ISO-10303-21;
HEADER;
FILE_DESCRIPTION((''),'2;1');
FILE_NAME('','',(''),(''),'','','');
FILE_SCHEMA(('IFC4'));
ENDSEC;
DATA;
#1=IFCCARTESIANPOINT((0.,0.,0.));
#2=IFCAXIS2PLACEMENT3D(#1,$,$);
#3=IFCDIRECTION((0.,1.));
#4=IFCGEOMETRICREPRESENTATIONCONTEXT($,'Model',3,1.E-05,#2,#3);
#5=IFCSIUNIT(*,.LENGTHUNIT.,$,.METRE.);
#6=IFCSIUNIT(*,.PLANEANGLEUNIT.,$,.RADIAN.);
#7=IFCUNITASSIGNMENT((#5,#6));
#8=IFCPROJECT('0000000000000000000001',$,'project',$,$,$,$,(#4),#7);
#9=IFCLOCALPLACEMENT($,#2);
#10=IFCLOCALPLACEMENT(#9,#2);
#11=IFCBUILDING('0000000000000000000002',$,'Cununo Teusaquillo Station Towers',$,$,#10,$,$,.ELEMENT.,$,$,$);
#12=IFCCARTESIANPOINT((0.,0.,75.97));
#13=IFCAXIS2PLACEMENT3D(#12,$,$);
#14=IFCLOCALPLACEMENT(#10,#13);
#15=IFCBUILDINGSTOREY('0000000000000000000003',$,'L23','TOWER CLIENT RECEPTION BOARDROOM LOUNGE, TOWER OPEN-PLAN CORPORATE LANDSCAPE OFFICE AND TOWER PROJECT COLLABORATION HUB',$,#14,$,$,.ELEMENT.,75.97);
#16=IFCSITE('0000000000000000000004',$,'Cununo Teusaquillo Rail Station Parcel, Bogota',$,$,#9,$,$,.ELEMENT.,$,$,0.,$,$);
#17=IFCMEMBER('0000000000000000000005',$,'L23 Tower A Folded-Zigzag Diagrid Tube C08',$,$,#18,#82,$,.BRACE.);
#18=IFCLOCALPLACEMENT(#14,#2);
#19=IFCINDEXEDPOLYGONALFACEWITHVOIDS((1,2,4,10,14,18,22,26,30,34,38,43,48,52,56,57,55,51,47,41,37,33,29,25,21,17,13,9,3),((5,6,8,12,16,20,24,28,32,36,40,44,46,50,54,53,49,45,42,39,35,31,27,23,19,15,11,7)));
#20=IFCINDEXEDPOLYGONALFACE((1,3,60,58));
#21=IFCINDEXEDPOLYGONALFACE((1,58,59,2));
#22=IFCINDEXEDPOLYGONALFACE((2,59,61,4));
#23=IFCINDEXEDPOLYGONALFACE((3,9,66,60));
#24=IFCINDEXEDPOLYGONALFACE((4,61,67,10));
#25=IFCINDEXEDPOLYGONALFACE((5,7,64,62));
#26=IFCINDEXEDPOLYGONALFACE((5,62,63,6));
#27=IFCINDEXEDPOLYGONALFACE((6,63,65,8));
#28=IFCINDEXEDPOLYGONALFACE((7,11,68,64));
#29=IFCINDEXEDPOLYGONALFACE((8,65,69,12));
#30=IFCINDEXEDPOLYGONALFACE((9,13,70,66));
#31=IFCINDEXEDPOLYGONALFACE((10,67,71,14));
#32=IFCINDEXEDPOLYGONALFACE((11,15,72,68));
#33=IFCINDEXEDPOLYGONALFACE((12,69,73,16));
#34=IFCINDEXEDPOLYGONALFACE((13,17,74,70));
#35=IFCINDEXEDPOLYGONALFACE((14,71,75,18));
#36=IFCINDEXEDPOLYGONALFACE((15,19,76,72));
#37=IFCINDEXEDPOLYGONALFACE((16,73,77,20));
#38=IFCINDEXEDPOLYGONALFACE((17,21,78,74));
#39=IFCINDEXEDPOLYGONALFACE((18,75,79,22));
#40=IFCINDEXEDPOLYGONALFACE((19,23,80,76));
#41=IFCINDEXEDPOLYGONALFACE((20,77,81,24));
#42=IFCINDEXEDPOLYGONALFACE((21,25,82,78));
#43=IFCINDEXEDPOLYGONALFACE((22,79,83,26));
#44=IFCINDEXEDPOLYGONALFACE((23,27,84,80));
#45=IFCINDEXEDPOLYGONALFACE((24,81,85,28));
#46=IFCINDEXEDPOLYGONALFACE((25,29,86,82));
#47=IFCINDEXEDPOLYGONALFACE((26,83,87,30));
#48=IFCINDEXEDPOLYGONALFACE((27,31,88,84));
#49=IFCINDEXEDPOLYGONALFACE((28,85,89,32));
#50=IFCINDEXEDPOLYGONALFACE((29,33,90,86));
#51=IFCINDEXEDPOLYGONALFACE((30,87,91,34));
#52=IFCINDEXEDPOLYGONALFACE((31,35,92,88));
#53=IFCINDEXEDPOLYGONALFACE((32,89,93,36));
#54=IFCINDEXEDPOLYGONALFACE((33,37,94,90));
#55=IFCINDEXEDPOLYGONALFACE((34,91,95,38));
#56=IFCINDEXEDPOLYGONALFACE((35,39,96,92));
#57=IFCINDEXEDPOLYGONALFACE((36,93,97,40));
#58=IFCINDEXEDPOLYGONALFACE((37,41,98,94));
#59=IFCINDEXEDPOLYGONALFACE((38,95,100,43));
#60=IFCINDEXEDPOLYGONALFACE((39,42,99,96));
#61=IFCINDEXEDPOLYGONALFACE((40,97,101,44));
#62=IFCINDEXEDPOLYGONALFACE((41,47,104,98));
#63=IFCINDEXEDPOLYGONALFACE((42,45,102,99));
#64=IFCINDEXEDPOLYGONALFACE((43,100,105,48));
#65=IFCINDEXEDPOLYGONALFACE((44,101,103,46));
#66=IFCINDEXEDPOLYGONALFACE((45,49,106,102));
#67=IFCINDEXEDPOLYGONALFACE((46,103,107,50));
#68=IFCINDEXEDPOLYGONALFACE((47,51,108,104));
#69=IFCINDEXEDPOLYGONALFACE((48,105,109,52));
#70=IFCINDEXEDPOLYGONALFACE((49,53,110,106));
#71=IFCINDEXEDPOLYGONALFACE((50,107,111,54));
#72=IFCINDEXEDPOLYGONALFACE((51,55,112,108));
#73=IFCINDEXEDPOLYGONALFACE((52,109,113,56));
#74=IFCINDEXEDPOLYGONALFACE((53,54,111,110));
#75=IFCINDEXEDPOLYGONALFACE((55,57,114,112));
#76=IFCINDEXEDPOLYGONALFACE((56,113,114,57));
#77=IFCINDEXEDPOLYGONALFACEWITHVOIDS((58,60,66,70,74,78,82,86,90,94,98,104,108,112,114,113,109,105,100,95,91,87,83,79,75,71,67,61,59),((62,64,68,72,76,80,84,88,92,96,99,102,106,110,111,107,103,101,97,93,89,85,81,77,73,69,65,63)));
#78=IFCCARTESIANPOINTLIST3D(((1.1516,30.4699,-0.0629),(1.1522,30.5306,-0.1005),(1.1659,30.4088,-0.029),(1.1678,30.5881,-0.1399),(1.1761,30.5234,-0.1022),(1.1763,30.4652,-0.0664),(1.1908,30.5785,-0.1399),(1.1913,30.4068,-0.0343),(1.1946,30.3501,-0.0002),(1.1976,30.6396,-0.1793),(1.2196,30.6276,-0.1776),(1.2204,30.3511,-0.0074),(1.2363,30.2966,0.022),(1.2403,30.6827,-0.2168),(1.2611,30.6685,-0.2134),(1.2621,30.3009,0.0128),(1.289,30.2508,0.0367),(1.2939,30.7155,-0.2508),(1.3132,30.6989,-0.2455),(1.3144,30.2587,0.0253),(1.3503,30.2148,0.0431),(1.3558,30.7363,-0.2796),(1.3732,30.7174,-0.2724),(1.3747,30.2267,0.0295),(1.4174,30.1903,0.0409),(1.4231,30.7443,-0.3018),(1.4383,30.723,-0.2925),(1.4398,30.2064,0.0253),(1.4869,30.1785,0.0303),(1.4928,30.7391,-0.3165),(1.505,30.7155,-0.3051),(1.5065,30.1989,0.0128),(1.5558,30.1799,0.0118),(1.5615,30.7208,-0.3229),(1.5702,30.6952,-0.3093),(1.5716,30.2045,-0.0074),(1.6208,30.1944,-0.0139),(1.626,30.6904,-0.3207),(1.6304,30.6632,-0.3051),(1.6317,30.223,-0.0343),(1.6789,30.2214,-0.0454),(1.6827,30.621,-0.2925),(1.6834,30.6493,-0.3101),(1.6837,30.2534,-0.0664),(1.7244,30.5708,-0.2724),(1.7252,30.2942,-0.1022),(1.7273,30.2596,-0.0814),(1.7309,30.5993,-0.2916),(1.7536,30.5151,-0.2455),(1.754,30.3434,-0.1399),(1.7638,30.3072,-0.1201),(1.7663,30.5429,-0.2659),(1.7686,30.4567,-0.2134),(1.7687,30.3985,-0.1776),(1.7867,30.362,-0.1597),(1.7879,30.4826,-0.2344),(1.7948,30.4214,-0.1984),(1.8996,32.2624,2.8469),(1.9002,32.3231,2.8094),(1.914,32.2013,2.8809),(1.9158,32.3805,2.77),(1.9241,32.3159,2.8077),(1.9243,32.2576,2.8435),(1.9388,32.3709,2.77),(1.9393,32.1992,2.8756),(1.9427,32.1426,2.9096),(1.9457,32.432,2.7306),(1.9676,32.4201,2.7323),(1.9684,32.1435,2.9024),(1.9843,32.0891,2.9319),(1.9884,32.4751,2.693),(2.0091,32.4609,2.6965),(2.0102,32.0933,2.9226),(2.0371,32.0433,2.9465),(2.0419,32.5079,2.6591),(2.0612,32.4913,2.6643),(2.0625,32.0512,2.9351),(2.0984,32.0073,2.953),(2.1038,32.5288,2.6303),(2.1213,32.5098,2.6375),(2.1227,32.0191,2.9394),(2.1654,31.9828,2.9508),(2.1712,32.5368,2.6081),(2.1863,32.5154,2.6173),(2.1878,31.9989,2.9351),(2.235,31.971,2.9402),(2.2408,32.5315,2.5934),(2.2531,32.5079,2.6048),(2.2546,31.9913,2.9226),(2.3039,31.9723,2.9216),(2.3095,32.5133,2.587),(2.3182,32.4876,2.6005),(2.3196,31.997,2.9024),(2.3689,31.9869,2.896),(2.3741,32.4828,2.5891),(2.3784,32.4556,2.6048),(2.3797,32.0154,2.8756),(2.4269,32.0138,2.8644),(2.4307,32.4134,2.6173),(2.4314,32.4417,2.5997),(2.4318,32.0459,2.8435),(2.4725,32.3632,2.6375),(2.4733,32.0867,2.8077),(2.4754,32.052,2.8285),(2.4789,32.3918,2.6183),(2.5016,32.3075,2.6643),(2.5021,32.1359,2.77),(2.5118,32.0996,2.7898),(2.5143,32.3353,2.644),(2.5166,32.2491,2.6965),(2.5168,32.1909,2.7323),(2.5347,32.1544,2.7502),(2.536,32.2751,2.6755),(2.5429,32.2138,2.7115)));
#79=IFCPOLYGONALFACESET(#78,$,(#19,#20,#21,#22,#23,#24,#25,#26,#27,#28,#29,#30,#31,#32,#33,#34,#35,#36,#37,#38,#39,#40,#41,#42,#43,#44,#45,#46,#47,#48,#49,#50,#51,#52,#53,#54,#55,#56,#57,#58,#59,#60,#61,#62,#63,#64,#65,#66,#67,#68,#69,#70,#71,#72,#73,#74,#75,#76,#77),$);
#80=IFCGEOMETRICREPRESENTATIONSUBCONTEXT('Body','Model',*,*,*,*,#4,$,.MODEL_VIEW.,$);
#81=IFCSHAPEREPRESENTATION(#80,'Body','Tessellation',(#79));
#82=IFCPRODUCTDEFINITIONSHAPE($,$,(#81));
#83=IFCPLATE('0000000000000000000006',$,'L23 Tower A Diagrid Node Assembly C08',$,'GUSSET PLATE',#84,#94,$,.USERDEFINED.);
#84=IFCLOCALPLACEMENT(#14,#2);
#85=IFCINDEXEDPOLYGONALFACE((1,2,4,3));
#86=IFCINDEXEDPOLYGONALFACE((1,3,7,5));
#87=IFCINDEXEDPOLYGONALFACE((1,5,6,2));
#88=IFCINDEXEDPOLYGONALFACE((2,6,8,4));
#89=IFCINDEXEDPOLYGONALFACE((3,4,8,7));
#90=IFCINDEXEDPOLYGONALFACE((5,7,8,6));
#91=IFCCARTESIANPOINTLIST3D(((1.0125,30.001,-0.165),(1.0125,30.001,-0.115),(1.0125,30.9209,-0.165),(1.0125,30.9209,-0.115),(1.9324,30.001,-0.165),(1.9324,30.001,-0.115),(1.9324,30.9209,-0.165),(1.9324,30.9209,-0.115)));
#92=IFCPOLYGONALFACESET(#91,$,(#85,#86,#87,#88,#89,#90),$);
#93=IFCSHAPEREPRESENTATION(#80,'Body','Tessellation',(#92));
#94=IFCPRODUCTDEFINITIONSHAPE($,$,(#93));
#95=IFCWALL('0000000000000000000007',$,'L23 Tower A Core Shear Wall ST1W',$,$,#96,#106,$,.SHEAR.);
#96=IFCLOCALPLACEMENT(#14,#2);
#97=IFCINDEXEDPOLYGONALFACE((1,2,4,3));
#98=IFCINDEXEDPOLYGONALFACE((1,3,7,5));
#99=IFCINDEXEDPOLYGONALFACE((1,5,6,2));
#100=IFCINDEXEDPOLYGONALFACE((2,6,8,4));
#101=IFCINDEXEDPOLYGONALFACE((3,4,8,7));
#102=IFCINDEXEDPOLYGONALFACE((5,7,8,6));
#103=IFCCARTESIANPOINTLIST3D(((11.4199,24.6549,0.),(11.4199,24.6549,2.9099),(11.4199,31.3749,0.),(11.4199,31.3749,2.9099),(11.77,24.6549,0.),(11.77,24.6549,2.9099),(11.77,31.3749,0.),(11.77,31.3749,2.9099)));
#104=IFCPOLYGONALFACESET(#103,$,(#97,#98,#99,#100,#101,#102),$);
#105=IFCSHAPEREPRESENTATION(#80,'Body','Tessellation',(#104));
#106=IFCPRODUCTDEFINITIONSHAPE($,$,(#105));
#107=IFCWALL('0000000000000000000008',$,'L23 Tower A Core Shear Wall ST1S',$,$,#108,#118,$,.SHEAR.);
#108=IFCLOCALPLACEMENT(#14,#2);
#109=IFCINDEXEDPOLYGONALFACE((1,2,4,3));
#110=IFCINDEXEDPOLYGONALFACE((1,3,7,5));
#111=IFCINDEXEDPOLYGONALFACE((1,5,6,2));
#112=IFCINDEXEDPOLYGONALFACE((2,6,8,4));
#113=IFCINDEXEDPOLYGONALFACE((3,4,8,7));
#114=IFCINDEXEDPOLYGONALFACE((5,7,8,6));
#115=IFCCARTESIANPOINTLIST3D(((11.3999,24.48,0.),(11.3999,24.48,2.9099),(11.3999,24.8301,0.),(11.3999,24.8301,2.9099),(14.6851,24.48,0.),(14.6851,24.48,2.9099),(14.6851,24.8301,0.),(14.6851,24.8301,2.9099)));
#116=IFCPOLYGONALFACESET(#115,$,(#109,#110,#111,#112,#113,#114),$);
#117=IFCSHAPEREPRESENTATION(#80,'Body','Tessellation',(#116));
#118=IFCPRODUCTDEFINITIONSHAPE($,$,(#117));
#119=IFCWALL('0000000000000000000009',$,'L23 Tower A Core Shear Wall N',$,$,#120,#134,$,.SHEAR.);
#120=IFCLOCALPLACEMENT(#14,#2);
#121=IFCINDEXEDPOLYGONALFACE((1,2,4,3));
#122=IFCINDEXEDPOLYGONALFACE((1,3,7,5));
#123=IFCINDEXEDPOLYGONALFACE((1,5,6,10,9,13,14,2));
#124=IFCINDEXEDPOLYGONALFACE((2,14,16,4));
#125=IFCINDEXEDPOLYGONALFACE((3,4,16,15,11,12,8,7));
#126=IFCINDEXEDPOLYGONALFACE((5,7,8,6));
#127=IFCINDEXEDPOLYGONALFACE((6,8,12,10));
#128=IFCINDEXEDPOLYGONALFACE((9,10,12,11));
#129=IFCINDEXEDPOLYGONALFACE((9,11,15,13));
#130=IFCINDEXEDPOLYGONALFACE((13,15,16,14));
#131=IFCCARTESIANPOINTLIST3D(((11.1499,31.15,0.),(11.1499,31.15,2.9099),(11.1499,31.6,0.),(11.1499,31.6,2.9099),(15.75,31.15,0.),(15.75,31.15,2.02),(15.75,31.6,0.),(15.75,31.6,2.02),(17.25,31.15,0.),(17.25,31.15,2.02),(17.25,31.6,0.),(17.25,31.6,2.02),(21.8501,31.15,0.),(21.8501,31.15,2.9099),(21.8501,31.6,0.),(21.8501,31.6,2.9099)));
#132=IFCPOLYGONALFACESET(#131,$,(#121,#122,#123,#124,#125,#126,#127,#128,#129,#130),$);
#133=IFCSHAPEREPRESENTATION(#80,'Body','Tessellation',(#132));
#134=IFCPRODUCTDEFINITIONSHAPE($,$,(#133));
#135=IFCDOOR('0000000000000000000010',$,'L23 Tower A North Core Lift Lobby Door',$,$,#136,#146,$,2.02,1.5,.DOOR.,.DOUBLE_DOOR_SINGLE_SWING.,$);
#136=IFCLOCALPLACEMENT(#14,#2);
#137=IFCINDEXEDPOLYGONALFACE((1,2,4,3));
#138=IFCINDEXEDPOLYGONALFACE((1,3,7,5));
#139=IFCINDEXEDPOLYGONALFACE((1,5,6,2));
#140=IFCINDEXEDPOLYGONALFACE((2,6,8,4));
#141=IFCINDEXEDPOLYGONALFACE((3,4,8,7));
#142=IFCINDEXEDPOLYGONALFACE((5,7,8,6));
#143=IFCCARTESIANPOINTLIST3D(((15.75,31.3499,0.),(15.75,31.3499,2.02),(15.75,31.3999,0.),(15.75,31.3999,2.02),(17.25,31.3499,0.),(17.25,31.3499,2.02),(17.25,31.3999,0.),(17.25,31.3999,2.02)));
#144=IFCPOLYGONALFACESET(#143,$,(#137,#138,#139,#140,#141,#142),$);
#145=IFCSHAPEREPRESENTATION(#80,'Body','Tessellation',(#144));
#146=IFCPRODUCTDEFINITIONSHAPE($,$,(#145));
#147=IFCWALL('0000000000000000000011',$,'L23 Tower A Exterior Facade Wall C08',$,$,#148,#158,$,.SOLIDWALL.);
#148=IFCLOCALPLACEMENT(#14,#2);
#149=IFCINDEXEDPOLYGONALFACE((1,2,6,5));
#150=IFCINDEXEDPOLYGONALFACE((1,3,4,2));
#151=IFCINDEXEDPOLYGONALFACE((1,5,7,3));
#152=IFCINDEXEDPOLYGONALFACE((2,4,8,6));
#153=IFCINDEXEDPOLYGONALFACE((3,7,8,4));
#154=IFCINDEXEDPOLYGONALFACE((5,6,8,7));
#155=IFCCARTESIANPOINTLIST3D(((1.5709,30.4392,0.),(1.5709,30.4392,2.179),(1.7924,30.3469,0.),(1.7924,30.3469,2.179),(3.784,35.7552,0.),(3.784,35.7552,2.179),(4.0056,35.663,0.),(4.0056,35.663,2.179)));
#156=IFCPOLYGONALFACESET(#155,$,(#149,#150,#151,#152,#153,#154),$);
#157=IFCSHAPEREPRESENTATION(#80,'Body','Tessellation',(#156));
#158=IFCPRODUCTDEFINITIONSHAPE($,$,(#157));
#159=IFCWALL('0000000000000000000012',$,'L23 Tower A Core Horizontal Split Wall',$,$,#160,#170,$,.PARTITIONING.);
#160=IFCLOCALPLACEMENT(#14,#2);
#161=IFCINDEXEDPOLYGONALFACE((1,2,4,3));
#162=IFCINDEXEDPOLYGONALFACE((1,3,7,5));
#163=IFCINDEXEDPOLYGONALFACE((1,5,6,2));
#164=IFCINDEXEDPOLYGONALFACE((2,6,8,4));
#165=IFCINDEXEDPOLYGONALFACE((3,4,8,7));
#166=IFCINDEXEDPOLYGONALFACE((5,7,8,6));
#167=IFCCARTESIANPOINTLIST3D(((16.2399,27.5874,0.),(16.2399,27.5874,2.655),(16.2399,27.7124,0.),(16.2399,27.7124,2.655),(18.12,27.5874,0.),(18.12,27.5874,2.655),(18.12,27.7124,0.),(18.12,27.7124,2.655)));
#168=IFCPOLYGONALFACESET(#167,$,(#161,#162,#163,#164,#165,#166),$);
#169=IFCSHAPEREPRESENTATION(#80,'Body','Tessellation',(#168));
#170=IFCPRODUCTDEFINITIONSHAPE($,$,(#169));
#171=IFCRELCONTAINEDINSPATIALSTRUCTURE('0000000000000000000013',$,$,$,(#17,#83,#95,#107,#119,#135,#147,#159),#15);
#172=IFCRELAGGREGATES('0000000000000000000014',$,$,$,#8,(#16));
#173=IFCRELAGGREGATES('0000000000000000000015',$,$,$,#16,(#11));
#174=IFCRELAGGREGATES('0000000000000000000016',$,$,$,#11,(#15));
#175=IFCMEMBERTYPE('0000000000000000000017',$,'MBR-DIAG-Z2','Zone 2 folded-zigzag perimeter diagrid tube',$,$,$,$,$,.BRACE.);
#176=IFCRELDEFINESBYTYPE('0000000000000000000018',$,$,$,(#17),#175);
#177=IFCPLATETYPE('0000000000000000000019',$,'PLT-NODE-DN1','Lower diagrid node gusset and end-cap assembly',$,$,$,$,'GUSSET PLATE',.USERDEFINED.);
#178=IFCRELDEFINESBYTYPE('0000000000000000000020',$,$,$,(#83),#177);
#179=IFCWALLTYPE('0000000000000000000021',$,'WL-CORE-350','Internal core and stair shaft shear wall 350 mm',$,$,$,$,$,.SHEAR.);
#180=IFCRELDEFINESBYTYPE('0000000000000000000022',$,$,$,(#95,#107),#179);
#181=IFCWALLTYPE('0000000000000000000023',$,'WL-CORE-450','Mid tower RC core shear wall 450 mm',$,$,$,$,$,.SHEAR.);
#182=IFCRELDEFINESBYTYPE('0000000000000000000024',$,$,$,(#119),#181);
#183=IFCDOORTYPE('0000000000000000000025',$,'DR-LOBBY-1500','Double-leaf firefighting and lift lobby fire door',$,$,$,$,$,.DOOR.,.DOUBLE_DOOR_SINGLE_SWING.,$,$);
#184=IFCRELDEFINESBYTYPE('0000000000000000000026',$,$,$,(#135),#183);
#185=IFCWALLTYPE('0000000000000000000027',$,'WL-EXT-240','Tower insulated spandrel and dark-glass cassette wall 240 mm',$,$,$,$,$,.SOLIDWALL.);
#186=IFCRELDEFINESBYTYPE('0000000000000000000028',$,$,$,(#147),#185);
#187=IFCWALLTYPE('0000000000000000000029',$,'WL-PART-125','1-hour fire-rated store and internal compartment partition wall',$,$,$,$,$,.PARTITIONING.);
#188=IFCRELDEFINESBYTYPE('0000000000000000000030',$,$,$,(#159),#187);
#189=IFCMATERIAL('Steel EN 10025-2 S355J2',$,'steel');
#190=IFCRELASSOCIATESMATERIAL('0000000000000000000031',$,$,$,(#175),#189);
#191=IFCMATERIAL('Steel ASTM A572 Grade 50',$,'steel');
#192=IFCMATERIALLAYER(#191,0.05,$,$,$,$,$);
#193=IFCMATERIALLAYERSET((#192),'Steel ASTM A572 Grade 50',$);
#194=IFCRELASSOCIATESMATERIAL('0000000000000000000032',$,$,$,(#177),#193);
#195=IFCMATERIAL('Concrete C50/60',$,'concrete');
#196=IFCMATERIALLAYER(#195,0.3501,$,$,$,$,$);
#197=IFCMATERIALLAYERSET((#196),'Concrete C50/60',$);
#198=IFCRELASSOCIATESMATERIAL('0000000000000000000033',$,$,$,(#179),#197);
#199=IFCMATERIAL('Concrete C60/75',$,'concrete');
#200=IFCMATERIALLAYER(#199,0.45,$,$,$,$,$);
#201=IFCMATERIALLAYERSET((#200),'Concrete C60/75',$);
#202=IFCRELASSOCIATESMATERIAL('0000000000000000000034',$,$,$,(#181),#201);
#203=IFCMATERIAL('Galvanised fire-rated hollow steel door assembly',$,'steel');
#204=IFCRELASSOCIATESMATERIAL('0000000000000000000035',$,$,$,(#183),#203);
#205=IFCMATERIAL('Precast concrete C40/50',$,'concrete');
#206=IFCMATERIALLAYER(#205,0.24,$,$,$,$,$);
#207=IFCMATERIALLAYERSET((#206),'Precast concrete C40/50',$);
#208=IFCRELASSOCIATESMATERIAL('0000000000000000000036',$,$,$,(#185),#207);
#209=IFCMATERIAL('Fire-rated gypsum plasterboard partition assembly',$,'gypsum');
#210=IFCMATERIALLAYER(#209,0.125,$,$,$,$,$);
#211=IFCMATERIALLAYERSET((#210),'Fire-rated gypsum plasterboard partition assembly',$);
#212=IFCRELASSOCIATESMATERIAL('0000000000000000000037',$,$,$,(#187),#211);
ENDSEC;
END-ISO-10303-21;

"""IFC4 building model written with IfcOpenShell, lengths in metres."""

from ifc_helpers import new_model, si_unit, direction, frame, frame_2d, origin, origin_2d, place, context, subcontext, project, spatial, rectangle, hollow_circle, extrude, source, transform, mapped, material, layer, layer_set, material_profile, profile_set, type_object, element, fill, save


model = new_model("IFC4")

# Units and contexts
model_context = context("Model", 3, precision=1e-05, world=origin(), true_north=direction((0.0, 1.0)))
body_context = subcontext(model_context, "Body", "Model", "MODEL_VIEW")
ifc_project = project(units=[si_unit("LENGTHUNIT", "METRE"), si_unit("PLANEANGLEUNIT", "RADIAN")], contexts=[model_context])

# Site, building, storey
site_placement = place(None, origin())
site = spatial("IfcSite", under=ifc_project, at=site_placement, Name="Cununo Teusaquillo Rail Station Parcel, Bogota", CompositionType="ELEMENT", RefElevation=0.0)
building_placement = place(site_placement, origin())
building = spatial("IfcBuilding", under=site, at=building_placement, Name="Cununo Teusaquillo Station Towers", CompositionType="ELEMENT")
storey_placement = place(building_placement, frame((0.0, 0.0, 75.97)))
storey = spatial("IfcBuildingStorey", under=building, at=storey_placement, Name="L23", Description="TOWER CLIENT RECEPTION BOARDROOM LOUNGE, TOWER OPEN-PLAN CORPORATE LANDSCAPE OFFICE AND TOWER PROJECT COLLABORATION HUB", CompositionType="ELEMENT", Elevation=75.97)

# Member
ifc_material_1 = material(Name="Steel EN 10025-2 S355J2", Category="steel")
ifc_material_profile_1 = material_profile(ifc_material_1, hollow_circle(Radius=0.3301, WallThickness=0.0249, at=origin_2d()), Name="CHS 660x25")
ifc_profile_set_1 = profile_set([ifc_material_profile_1], Name="Steel EN 10025-2 S355J2")
member_type = type_object("IfcMemberType", Name="MBR-DIAG-Z2", Description="Zone 2 folded-zigzag perimeter diagrid tube", PredefinedType="BRACE", material=ifc_profile_set_1)
member_placement = place(storey_placement, frame((1.4724, 30.4609, -0.1399), z_axis=(0.213814, 0.512343, 0.831738), x_axis=(-0.922861, 0.385133, 0.0)))
element("IfcMember", 1, at=member_placement, inside=storey, type_object=member_type, Name="L23 Tower A Folded-Zigzag Diagrid Tube C08", PredefinedType="BRACE", context=body_context, shape_type="SweptSolid", body=[
    extrude(hollow_circle(Radius=0.3301, WallThickness=0.0249, at=origin_2d()), origin(), (0.0, 0.0, 1.0), 3.4985),
])

# Plate
ifc_material_2 = material(Name="Steel ASTM A572 Grade 50", Category="steel")
ifc_layer_1 = layer(ifc_material_2, 0.05)
ifc_layer_set_1 = layer_set([ifc_layer_1], Name="Steel ASTM A572 Grade 50")
plate_type = type_object("IfcPlateType", Name="PLT-NODE-DN1", Description="Lower diagrid node gusset and end-cap assembly", ElementType="GUSSET PLATE", PredefinedType="USERDEFINED", material=ifc_layer_set_1)
shared_shape_1 = source(origin(), body_context, "Body", "SweptSolid", [
    extrude(rectangle(XDim=0.9199, YDim=0.9199, at=origin_2d()), origin(), (0.0, 0.0, 1.0), 0.05),
])
plate_placement = place(storey_placement, frame((1.4724, 30.4609, -0.165), z_axis=(0.0, 0.0, 1.0), x_axis=(1.0, 0.0, 0.0)))
element("IfcPlate", 2, at=plate_placement, inside=storey, type_object=plate_type, Name="L23 Tower A Diagrid Node Assembly C08", ObjectType="GUSSET PLATE", PredefinedType="USERDEFINED", context=body_context, shape_type="MappedRepresentation", body=[
    mapped(shared_shape_1, transform((0.0, 0.0, 0.0), x_axis=(1.0, 0.0, 0.0), y_axis=(0.0, 1.0, 0.0), z_axis=(0.0, 0.0, 1.0), scale=1.0)),
])

# Walls
ifc_material_3 = material(Name="Concrete C50/60", Category="concrete")
ifc_layer_2 = layer(ifc_material_3, 0.3501)
ifc_layer_set_2 = layer_set([ifc_layer_2], Name="Concrete C50/60")
wall_type_1 = type_object("IfcWallType", Name="WL-CORE-350", Description="Internal core and stair shaft shear wall 350 mm", PredefinedType="SHEAR", material=ifc_layer_set_2)
wall_1_placement = place(storey_placement, frame((11.595, 24.655, 0.0), z_axis=(0.0, 0.0, 1.0), x_axis=(0.0, 1.0, 0.0)))
element("IfcWall", 3, at=wall_1_placement, inside=storey, type_object=wall_type_1, Name="L23 Tower A Core Shear Wall ST1W", PredefinedType="SHEAR", context=body_context, shape_type="SweptSolid", body=[
    extrude(rectangle(XDim=6.72, YDim=0.3501, at=frame_2d((3.3599, 0.0))), origin(), (0.0, 0.0, 1.0), 2.9099),
])
wall_2_placement = place(storey_placement, frame((11.3999, 24.655, 0.0), z_axis=(0.0, 0.0, 1.0), x_axis=(1.0, 0.0, 0.0)))
element("IfcWall", 4, at=wall_2_placement, inside=storey, type_object=wall_type_1, Name="L23 Tower A Core Shear Wall ST1S", PredefinedType="SHEAR", context=body_context, shape_type="SweptSolid", body=[
    extrude(rectangle(XDim=3.2852, YDim=0.3501, at=frame_2d((1.6426, 0.0))), origin(), (0.0, 0.0, 1.0), 2.9099),
])

# Wall, opening, door
ifc_material_4 = material(Name="Concrete C60/75", Category="concrete")
ifc_layer_3 = layer(ifc_material_4, 0.45)
ifc_layer_set_3 = layer_set([ifc_layer_3], Name="Concrete C60/75")
wall_type_2 = type_object("IfcWallType", Name="WL-CORE-450", Description="Mid tower RC core shear wall 450 mm", PredefinedType="SHEAR", material=ifc_layer_set_3)
wall_3_placement = place(storey_placement, frame((11.1499, 31.375, 0.0), z_axis=(0.0, 0.0, 1.0), x_axis=(1.0, 0.0, 0.0)))
wall_3 = element("IfcWall", 5, at=wall_3_placement, inside=storey, type_object=wall_type_2, Name="L23 Tower A Core Shear Wall N", PredefinedType="SHEAR", context=body_context, shape_type="SweptSolid", body=[
    extrude(rectangle(XDim=10.7002, YDim=0.45, at=frame_2d((5.3501, 0.0))), origin(), (0.0, 0.0, 1.0), 2.9099),
])
shared_shape_2 = source(origin(), body_context, "Body", "SweptSolid", [
    extrude(rectangle(XDim=1.5, YDim=2.02, at=frame_2d((0.75, 1.01))), frame((0.0, 0.2349, 0.0), z_axis=(0.0, -1.0, 0.0), x_axis=(1.0, 0.0, 0.0)), (0.0, 0.0, 1.0), 0.47),
])
opening_1_placement = place(wall_3_placement, frame((4.6001, 0.0, 0.0)))
opening_1 = element("IfcOpeningElement", 6, at=opening_1_placement, cuts=wall_3, PredefinedType="OPENING", context=body_context, shape_type="MappedRepresentation", body=[
    mapped(shared_shape_2, transform((0.0, 0.0, 0.0), x_axis=(1.0, 0.0, 0.0), y_axis=(0.0, 1.0, 0.0), z_axis=(0.0, 0.0, 1.0), scale=1.0)),
])
ifc_material_5 = material(Name="Galvanised fire-rated hollow steel door assembly", Category="steel")
door_type_1 = type_object("IfcDoorType", Name="DR-LOBBY-1500", Description="Double-leaf firefighting and lift lobby fire door", OperationType="DOUBLE_DOOR_SINGLE_SWING", PredefinedType="DOOR", material=ifc_material_5)
shared_shape_3 = source(origin(), body_context, "Body", "SweptSolid", [
    extrude(rectangle(XDim=1.5, YDim=2.02, at=frame_2d((0.75, 1.01))), frame((0.0, 0.0249, 0.0), z_axis=(0.0, -1.0, 0.0), x_axis=(1.0, 0.0, 0.0)), (0.0, 0.0, 1.0), 0.05),
])
door_1_placement = place(opening_1_placement, origin())
door_1 = element("IfcDoor", 7, at=door_1_placement, inside=storey, type_object=door_type_1, Name="L23 Tower A North Core Lift Lobby Door", OperationType="DOUBLE_DOOR_SINGLE_SWING", OverallHeight=2.02, OverallWidth=1.5, PredefinedType="DOOR", context=body_context, shape_type="MappedRepresentation", body=[
    mapped(shared_shape_3, transform((0.0, 0.0, 0.0), x_axis=(1.0, 0.0, 0.0), y_axis=(0.0, 1.0, 0.0), z_axis=(0.0, 0.0, 1.0), scale=1.0)),
])
fill(opening_1, door_1)

# Walls
ifc_material_6 = material(Name="Precast concrete C40/50", Category="concrete")
ifc_layer_4 = layer(ifc_material_6, 0.24)
ifc_layer_set_4 = layer_set([ifc_layer_4], Name="Precast concrete C40/50")
wall_type_3 = type_object("IfcWallType", Name="WL-EXT-240", Description="Tower insulated spandrel and dark-glass cassette wall 240 mm", PredefinedType="SOLIDWALL", material=ifc_layer_set_4)
wall_4_placement = place(storey_placement, frame((1.6816, 30.3931, 0.0), z_axis=(0.0, 0.0, 1.0), x_axis=(0.384344, 0.92319, 0.0)))
element("IfcWall", 8, at=wall_4_placement, inside=storey, type_object=wall_type_3, Name="L23 Tower A Exterior Facade Wall C08", PredefinedType="SOLIDWALL", context=body_context, shape_type="SweptSolid", body=[
    extrude(rectangle(XDim=5.7583, YDim=0.24, at=frame_2d((2.8792, 0.0))), origin(), (0.0, 0.0, 1.0), 2.179),
])
ifc_material_7 = material(Name="Fire-rated gypsum plasterboard partition assembly", Category="gypsum")
ifc_layer_5 = layer(ifc_material_7, 0.125)
ifc_layer_set_5 = layer_set([ifc_layer_5], Name="Fire-rated gypsum plasterboard partition assembly")
wall_type_4 = type_object("IfcWallType", Name="WL-PART-125", Description="1-hour fire-rated store and internal compartment partition wall", PredefinedType="PARTITIONING", material=ifc_layer_set_5)
wall_5_placement = place(storey_placement, frame((16.24, 27.6499, 0.0), z_axis=(0.0, 0.0, 1.0), x_axis=(1.0, 0.0, 0.0)))
element("IfcWall", 9, at=wall_5_placement, inside=storey, type_object=wall_type_4, Name="L23 Tower A Core Horizontal Split Wall", PredefinedType="PARTITIONING", context=body_context, shape_type="SweptSolid", body=[
    extrude(rectangle(XDim=1.8801, YDim=0.125, at=frame_2d((0.9399, 0.0))), origin(), (0.0, 0.0, 1.0), 2.655),
])

save(model, "model.ifc")
